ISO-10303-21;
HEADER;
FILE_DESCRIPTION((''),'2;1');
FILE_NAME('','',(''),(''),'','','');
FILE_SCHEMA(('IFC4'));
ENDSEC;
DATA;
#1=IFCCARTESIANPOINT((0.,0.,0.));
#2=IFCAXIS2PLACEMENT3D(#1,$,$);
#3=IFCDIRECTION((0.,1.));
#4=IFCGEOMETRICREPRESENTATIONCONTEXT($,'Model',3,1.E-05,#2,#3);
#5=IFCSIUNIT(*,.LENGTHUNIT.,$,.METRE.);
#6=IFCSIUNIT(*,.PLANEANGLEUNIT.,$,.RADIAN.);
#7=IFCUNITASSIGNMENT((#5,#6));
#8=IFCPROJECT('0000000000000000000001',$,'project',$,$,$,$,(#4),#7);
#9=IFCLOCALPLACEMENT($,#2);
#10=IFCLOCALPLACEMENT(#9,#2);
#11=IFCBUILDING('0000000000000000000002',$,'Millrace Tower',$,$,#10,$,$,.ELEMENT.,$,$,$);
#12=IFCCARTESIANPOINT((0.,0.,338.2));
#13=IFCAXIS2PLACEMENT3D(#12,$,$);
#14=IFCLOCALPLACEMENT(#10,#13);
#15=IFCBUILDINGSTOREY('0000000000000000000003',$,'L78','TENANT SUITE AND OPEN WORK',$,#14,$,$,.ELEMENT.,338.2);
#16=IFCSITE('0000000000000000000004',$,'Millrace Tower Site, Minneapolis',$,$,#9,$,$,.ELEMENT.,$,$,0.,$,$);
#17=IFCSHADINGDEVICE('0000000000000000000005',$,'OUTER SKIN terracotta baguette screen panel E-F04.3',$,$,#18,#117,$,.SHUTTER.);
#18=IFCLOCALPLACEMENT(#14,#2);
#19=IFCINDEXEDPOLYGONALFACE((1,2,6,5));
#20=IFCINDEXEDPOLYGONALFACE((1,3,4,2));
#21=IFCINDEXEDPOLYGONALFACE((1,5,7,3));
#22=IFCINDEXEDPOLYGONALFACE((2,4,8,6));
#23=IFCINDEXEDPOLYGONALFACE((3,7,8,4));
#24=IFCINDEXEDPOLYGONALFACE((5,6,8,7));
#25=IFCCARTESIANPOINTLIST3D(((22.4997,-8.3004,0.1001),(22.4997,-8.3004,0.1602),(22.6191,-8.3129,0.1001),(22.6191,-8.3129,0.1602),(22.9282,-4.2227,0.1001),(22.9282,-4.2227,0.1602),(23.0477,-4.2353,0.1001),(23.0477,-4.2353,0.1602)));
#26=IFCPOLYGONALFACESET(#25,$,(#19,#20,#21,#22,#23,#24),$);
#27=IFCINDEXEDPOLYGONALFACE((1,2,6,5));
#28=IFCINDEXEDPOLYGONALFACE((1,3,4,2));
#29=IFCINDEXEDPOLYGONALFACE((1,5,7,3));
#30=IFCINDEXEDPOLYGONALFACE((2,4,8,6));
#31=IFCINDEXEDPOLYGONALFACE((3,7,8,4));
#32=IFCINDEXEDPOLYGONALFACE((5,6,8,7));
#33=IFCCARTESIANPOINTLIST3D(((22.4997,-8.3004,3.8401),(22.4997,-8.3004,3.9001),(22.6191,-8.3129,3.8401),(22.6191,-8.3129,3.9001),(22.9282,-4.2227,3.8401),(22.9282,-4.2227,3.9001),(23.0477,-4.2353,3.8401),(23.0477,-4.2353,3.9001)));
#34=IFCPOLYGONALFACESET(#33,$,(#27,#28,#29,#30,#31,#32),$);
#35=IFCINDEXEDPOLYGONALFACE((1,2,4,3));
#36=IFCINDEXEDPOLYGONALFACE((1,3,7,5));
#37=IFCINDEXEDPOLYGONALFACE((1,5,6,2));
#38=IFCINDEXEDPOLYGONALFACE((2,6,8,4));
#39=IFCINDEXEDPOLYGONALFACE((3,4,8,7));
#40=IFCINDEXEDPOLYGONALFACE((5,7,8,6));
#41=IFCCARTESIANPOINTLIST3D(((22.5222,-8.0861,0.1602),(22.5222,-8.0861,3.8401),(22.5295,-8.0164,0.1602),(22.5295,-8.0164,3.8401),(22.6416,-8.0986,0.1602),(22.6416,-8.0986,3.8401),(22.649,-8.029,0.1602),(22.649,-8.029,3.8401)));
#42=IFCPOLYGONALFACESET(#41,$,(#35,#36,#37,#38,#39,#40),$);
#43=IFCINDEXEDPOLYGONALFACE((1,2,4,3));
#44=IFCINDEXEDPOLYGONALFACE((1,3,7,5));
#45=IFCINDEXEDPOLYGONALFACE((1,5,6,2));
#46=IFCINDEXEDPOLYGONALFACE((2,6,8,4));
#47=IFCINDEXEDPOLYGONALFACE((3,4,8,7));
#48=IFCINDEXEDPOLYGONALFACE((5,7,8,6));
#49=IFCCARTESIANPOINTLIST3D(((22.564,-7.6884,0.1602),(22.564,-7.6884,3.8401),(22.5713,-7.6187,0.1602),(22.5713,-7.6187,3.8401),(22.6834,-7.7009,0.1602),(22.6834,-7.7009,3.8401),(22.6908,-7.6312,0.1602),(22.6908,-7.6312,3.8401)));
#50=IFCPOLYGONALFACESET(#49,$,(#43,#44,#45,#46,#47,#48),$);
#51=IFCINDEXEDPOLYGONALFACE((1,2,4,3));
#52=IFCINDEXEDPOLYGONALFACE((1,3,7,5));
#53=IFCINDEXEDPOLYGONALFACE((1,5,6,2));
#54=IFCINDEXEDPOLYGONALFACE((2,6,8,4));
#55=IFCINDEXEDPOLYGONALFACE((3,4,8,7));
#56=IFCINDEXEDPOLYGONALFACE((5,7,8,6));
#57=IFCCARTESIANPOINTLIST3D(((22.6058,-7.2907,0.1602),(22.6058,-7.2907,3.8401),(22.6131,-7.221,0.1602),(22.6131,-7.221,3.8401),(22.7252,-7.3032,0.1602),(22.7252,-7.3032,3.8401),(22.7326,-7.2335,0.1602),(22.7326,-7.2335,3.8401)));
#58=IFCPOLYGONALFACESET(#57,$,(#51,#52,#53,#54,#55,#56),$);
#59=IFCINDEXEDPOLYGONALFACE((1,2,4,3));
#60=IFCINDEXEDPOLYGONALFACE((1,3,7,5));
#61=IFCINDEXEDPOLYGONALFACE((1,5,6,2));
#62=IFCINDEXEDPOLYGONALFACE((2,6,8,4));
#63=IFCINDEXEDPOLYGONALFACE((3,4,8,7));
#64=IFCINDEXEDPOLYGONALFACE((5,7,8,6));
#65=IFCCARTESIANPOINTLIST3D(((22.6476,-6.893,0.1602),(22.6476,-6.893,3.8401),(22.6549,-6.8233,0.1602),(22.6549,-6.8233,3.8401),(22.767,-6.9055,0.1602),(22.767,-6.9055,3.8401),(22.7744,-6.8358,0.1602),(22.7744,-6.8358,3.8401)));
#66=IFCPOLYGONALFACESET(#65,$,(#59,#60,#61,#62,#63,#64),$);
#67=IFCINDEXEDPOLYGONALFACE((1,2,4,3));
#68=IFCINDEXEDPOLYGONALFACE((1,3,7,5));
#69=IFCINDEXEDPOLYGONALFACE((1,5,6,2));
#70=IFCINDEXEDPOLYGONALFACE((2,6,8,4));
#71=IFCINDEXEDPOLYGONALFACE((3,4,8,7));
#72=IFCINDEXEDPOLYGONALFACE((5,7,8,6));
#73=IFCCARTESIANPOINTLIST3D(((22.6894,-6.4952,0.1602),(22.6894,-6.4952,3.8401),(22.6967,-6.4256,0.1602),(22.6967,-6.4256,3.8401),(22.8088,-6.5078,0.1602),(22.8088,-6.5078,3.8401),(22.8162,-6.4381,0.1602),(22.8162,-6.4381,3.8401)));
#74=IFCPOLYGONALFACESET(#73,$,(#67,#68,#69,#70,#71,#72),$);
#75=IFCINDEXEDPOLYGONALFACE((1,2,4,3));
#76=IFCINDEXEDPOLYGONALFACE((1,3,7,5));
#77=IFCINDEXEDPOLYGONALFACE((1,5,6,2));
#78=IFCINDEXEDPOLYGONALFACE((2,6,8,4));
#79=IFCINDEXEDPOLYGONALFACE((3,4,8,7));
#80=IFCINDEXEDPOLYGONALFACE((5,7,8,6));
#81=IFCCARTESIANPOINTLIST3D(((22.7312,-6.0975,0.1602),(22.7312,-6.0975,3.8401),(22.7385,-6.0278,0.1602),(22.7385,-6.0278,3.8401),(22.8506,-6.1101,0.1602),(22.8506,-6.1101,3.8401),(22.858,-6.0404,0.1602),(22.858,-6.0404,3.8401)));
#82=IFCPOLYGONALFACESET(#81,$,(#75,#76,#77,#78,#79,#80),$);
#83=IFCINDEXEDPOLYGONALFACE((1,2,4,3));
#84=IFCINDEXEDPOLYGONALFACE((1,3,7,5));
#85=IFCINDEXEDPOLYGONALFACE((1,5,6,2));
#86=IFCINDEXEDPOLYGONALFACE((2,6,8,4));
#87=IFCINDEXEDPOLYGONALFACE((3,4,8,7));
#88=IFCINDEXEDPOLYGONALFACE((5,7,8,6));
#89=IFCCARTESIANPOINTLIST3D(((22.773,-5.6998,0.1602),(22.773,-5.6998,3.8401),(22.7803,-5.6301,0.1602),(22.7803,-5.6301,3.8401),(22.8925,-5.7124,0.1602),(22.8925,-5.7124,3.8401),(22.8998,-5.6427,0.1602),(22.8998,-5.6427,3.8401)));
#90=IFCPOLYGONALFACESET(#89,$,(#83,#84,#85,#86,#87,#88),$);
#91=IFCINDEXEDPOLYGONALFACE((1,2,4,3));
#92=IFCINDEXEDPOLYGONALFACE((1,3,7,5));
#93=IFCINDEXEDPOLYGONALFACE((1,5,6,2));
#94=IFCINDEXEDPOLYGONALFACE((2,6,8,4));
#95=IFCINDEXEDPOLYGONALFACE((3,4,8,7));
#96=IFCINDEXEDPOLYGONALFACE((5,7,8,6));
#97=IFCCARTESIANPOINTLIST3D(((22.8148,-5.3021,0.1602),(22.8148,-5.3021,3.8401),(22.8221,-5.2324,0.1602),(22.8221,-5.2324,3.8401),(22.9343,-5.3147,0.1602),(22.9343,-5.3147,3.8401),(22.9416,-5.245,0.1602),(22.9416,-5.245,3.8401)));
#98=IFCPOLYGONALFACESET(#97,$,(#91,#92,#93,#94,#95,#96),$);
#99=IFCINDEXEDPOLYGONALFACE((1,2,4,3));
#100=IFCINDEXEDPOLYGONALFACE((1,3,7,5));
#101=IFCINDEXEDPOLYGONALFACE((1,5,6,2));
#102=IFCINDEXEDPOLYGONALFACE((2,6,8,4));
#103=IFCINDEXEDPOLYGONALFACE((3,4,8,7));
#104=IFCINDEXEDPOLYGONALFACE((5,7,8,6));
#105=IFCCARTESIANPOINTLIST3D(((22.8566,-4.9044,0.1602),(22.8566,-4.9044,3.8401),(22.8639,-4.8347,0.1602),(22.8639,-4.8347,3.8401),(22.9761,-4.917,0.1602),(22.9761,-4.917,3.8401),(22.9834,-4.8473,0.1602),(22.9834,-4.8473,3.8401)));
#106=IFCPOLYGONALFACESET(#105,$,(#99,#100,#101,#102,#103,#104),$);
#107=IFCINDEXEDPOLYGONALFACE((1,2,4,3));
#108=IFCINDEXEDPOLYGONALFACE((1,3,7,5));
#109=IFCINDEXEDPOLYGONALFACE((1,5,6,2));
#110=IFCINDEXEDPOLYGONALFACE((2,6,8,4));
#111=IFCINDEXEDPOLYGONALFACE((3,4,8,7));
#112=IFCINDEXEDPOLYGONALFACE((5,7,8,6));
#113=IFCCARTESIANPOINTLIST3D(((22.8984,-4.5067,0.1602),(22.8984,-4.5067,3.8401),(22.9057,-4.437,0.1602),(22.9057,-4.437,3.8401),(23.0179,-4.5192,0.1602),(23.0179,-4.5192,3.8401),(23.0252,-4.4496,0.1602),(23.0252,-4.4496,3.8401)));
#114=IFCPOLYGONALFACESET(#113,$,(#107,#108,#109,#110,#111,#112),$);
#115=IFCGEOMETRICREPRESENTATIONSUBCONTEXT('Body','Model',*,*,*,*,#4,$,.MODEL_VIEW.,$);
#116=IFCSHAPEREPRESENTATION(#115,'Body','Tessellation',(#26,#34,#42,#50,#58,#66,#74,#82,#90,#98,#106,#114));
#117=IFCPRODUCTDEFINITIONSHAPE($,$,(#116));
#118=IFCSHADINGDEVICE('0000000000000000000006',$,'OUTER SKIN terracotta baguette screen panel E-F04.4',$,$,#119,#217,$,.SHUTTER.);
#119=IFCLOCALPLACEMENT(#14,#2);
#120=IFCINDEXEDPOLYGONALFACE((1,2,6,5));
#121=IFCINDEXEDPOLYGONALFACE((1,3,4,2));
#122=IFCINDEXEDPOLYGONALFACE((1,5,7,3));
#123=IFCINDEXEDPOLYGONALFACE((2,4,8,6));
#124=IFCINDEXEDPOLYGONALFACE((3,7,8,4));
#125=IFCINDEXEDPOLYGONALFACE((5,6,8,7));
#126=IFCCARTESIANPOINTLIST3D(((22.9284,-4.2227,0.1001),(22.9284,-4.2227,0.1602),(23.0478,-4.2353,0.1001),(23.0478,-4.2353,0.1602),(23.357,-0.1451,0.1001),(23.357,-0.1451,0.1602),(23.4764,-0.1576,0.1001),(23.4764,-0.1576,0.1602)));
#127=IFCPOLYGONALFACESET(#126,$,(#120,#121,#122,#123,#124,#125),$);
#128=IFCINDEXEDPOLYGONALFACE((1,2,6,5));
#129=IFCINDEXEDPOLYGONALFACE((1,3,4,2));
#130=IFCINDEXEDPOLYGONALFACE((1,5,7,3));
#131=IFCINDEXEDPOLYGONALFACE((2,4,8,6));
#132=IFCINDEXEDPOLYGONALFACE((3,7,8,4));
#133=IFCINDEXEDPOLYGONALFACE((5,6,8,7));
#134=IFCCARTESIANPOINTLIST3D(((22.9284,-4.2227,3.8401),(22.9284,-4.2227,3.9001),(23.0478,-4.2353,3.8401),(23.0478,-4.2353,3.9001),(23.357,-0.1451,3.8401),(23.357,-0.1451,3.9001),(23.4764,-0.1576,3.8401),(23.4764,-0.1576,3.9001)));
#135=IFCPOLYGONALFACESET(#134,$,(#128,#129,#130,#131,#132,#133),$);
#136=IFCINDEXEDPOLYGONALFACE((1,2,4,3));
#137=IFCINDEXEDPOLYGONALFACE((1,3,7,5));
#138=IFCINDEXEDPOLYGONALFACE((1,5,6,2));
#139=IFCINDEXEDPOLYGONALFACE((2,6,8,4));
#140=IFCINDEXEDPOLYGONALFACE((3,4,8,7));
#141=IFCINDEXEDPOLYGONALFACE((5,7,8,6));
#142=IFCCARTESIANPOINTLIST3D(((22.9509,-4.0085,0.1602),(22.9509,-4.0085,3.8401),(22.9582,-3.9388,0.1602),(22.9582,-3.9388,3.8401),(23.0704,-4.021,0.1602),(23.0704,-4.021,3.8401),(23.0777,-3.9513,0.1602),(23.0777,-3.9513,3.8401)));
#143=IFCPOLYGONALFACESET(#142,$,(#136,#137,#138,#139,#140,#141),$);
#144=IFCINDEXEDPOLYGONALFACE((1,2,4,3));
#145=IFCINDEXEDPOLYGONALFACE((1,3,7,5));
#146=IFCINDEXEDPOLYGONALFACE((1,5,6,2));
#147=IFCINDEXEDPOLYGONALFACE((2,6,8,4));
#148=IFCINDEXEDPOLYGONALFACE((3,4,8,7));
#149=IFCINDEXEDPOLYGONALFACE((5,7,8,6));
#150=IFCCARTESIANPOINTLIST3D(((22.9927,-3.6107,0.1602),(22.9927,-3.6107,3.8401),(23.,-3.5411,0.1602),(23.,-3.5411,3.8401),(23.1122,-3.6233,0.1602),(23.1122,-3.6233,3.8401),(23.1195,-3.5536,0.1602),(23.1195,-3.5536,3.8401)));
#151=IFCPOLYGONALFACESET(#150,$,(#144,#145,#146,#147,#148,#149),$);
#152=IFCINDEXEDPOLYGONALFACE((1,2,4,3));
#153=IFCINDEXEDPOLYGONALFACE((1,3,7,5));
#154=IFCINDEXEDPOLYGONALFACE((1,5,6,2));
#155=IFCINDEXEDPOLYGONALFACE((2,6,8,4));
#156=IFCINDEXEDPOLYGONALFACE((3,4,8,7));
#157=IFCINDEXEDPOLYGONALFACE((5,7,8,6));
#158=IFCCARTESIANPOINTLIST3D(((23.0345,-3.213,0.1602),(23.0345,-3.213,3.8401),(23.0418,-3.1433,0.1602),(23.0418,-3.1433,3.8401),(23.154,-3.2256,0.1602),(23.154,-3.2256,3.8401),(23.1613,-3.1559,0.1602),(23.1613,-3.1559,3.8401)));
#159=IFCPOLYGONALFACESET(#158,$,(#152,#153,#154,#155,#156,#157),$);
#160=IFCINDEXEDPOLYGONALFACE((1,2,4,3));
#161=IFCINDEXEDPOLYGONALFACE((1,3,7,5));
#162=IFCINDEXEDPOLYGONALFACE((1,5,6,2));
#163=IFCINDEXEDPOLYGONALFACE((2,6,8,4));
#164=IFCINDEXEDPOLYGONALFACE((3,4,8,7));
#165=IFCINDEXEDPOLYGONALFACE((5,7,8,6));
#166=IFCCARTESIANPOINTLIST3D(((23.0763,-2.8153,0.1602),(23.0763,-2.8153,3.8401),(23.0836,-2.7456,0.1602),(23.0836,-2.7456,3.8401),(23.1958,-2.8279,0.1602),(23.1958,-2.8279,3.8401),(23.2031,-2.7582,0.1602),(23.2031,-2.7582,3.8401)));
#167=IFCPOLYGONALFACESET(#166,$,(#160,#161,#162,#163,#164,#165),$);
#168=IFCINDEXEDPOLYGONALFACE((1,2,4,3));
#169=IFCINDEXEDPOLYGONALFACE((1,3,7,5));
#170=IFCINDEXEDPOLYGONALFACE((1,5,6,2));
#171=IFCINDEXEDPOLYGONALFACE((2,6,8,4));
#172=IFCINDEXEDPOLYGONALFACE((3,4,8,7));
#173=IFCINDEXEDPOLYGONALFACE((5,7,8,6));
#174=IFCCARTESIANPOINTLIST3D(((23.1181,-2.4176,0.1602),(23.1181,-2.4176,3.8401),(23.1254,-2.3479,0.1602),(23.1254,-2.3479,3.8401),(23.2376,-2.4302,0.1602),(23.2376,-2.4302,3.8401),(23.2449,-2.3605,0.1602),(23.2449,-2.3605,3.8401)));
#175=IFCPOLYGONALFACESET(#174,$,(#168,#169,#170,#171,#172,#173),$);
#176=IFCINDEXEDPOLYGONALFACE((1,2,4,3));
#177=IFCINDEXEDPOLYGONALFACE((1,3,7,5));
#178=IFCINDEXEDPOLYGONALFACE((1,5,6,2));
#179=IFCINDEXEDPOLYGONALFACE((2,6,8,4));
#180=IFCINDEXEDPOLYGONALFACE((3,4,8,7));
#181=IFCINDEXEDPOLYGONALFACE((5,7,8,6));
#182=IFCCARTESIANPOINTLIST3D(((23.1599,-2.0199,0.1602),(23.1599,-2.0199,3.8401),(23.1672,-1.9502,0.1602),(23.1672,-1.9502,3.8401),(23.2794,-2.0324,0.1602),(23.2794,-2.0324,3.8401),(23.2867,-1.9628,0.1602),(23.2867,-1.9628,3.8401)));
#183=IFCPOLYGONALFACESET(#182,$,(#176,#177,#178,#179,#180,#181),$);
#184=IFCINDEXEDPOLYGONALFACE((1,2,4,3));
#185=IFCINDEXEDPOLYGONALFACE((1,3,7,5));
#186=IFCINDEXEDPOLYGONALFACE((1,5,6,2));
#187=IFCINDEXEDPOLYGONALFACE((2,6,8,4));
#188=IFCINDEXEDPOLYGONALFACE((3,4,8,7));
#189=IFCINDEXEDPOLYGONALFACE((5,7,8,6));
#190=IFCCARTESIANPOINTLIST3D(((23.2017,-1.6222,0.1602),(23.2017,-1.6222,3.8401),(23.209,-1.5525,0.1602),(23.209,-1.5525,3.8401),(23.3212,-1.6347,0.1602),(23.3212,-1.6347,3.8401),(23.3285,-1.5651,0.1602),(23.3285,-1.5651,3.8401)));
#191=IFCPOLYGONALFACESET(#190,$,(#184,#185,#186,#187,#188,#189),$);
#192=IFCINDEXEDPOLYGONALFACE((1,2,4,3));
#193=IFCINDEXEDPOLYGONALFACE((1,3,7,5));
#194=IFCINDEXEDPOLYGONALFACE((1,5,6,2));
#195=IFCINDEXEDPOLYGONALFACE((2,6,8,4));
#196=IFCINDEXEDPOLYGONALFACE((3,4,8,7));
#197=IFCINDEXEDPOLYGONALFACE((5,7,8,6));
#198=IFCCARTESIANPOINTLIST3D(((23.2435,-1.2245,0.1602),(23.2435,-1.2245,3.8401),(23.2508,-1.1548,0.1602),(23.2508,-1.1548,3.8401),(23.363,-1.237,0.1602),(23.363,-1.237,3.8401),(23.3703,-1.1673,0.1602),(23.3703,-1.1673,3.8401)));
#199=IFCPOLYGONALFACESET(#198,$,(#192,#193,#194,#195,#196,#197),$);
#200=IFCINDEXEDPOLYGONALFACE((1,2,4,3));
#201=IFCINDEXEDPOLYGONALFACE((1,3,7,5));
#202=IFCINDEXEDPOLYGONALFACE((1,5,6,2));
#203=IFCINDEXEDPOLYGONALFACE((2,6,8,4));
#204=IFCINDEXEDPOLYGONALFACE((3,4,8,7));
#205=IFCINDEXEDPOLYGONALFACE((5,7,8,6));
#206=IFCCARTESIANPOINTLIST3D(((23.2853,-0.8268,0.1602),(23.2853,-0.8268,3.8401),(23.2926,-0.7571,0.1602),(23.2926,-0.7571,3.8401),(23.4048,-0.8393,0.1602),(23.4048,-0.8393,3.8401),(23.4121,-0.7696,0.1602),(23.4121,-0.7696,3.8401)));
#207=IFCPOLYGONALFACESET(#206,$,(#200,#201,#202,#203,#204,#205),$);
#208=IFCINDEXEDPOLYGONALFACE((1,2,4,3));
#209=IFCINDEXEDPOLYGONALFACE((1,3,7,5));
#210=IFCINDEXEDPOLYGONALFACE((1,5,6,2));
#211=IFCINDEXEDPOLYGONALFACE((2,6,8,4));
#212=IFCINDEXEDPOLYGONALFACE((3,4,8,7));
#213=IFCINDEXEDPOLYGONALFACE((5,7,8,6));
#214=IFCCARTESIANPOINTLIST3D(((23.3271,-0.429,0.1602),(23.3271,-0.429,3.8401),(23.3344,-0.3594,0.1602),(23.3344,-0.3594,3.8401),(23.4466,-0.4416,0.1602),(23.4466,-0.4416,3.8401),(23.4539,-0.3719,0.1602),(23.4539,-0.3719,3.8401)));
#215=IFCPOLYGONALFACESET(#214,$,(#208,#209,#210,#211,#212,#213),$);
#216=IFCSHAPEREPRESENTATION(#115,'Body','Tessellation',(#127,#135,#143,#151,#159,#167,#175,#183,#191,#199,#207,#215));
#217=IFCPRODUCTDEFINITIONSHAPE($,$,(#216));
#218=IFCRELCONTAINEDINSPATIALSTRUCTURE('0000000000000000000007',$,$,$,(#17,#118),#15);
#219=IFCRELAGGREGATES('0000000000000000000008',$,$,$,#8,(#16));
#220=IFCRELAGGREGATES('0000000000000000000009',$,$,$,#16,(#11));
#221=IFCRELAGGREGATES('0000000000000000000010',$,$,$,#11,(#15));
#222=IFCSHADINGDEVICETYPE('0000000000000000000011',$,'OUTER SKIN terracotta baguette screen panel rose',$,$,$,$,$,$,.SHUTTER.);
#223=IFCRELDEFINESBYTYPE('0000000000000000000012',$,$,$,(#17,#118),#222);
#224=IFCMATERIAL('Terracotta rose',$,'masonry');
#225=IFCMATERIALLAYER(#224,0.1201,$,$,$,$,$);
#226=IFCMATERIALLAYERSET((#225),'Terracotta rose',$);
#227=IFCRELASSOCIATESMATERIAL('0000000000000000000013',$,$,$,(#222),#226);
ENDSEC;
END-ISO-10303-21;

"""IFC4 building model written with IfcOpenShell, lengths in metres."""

from ifc_helpers import new_model, entity, si_unit, direction, frame, frame_2d, origin, place, context, subcontext, project, spatial, rectangle, extrude, source, transform, mapped, material, layer, layer_set, type_object, element, save


model = new_model("IFC4")

# Units and contexts
model_context = context("Model", 3, precision=1e-05, world=origin(), true_north=direction((0.0, 1.0)))
body_context = subcontext(model_context, "Body", "Model", "MODEL_VIEW")
ifc_project = project(units=[si_unit("LENGTHUNIT", "METRE"), si_unit("PLANEANGLEUNIT", "RADIAN")], contexts=[model_context])

# Site, building, storey
site_placement = place(None, origin())
site = spatial("IfcSite", under=ifc_project, at=site_placement, Name="Millrace Tower Site, Minneapolis", CompositionType="ELEMENT", RefElevation=0.0)
building_placement = place(site_placement, origin())
building = spatial("IfcBuilding", under=site, at=building_placement, Name="Millrace Tower", CompositionType="ELEMENT")
storey_placement = place(building_placement, frame((0.0, 0.0, 338.2)))
storey = spatial("IfcBuildingStorey", under=building, at=storey_placement, Name="L78", Description="TENANT SUITE AND OPEN WORK", CompositionType="ELEMENT", Elevation=338.2)

# Shading devices
ifc_material_1 = material(Name="Terracotta rose", Category="masonry")
ifc_layer_1 = layer(ifc_material_1, 0.1201)
ifc_layer_set_1 = layer_set([ifc_layer_1], Name="Terracotta rose")
shading_device_type = type_object("IfcShadingDeviceType", Name="OUTER SKIN terracotta baguette screen panel rose", PredefinedType="SHUTTER", material=ifc_layer_set_1)
cartesian_point = entity("IfcCartesianPoint", [-2.05, 0.0601])
shared_polyline = entity("IfcPolyline", [cartesian_point, entity("IfcCartesianPoint", [2.05, 0.0601]), entity("IfcCartesianPoint", [2.05, -0.0601]), entity("IfcCartesianPoint", [-2.05, -0.0601]), cartesian_point])
shared_shape = source(origin(), body_context, "Body", "SweptSolid", [
    entity("IfcExtrudedAreaSolid", entity("IfcArbitraryClosedProfileDef", "AREA", None, shared_polyline), entity("IfcAxis2Placement3D", entity("IfcCartesianPoint", [0.0, 0.0, 0.0])), entity("IfcDirection", [0.0, 0.0, 1.0]), 0.0601),
    entity("IfcExtrudedAreaSolid", entity("IfcArbitraryClosedProfileDef", "AREA", None, shared_polyline), entity("IfcAxis2Placement3D", entity("IfcCartesianPoint", [0.0, 0.0, 3.74])), entity("IfcDirection", [0.0, 0.0, 1.0]), 0.0601),
    extrude(rectangle(XDim=0.0701, YDim=0.1201, at=frame_2d((-1.7996, 0.0))), frame((0.0, 0.0, 0.0601)), (0.0, 0.0, 1.0), 3.6799),
    extrude(rectangle(XDim=0.0701, YDim=0.1201, at=frame_2d((-1.3997, 0.0))), frame((0.0, 0.0, 0.0601)), (0.0, 0.0, 1.0), 3.6799),
    extrude(rectangle(XDim=0.0701, YDim=0.1201, at=frame_2d((-0.9998, 0.0))), frame((0.0, 0.0, 0.0601)), (0.0, 0.0, 1.0), 3.6799),
    extrude(rectangle(XDim=0.0701, YDim=0.1201, at=frame_2d((-0.5999, 0.0))), frame((0.0, 0.0, 0.0601)), (0.0, 0.0, 1.0), 3.6799),
    extrude(rectangle(XDim=0.0701, YDim=0.1201, at=frame_2d((-0.2, 0.0))), frame((0.0, 0.0, 0.0601)), (0.0, 0.0, 1.0), 3.6799),
    extrude(rectangle(XDim=0.0701, YDim=0.1201, at=frame_2d((0.2, 0.0))), frame((0.0, 0.0, 0.0601)), (0.0, 0.0, 1.0), 3.6799),
    extrude(rectangle(XDim=0.0701, YDim=0.1201, at=frame_2d((0.5999, 0.0))), frame((0.0, 0.0, 0.0601)), (0.0, 0.0, 1.0), 3.6799),
    extrude(rectangle(XDim=0.0701, YDim=0.1201, at=frame_2d((0.9998, 0.0))), frame((0.0, 0.0, 0.0601)), (0.0, 0.0, 1.0), 3.6799),
    extrude(rectangle(XDim=0.0701, YDim=0.1201, at=frame_2d((1.3997, 0.0))), frame((0.0, 0.0, 0.0601)), (0.0, 0.0, 1.0), 3.6799),
    extrude(rectangle(XDim=0.0701, YDim=0.1201, at=frame_2d((1.7996, 0.0))), frame((0.0, 0.0, 0.0601)), (0.0, 0.0, 1.0), 3.6799),
])
for number, where, z_axis, x_axis, name in (
    (1, (22.7737, -6.2678, 0.1001), (0.0, 0.0, 1.0), (0.104528, 0.994522, 0.0), "OUTER SKIN terracotta baguette screen panel E-F04.3"),
    (2, (23.2024, -2.1902, 0.1001), (0.0, 0.0, 1.0), (0.104528, 0.994522, 0.0), "OUTER SKIN terracotta baguette screen panel E-F04.4"),
):
    element("IfcShadingDevice", number, at=place(storey_placement, frame(where, z_axis=z_axis, x_axis=x_axis)), inside=storey, type_object=shading_device_type, Name=name, PredefinedType="SHUTTER", context=body_context, shape_type="MappedRepresentation", body=[
        mapped(shared_shape, transform((0.0, 0.0, 0.0), scale=1.0)),
    ])

save(model, "model.ifc")
